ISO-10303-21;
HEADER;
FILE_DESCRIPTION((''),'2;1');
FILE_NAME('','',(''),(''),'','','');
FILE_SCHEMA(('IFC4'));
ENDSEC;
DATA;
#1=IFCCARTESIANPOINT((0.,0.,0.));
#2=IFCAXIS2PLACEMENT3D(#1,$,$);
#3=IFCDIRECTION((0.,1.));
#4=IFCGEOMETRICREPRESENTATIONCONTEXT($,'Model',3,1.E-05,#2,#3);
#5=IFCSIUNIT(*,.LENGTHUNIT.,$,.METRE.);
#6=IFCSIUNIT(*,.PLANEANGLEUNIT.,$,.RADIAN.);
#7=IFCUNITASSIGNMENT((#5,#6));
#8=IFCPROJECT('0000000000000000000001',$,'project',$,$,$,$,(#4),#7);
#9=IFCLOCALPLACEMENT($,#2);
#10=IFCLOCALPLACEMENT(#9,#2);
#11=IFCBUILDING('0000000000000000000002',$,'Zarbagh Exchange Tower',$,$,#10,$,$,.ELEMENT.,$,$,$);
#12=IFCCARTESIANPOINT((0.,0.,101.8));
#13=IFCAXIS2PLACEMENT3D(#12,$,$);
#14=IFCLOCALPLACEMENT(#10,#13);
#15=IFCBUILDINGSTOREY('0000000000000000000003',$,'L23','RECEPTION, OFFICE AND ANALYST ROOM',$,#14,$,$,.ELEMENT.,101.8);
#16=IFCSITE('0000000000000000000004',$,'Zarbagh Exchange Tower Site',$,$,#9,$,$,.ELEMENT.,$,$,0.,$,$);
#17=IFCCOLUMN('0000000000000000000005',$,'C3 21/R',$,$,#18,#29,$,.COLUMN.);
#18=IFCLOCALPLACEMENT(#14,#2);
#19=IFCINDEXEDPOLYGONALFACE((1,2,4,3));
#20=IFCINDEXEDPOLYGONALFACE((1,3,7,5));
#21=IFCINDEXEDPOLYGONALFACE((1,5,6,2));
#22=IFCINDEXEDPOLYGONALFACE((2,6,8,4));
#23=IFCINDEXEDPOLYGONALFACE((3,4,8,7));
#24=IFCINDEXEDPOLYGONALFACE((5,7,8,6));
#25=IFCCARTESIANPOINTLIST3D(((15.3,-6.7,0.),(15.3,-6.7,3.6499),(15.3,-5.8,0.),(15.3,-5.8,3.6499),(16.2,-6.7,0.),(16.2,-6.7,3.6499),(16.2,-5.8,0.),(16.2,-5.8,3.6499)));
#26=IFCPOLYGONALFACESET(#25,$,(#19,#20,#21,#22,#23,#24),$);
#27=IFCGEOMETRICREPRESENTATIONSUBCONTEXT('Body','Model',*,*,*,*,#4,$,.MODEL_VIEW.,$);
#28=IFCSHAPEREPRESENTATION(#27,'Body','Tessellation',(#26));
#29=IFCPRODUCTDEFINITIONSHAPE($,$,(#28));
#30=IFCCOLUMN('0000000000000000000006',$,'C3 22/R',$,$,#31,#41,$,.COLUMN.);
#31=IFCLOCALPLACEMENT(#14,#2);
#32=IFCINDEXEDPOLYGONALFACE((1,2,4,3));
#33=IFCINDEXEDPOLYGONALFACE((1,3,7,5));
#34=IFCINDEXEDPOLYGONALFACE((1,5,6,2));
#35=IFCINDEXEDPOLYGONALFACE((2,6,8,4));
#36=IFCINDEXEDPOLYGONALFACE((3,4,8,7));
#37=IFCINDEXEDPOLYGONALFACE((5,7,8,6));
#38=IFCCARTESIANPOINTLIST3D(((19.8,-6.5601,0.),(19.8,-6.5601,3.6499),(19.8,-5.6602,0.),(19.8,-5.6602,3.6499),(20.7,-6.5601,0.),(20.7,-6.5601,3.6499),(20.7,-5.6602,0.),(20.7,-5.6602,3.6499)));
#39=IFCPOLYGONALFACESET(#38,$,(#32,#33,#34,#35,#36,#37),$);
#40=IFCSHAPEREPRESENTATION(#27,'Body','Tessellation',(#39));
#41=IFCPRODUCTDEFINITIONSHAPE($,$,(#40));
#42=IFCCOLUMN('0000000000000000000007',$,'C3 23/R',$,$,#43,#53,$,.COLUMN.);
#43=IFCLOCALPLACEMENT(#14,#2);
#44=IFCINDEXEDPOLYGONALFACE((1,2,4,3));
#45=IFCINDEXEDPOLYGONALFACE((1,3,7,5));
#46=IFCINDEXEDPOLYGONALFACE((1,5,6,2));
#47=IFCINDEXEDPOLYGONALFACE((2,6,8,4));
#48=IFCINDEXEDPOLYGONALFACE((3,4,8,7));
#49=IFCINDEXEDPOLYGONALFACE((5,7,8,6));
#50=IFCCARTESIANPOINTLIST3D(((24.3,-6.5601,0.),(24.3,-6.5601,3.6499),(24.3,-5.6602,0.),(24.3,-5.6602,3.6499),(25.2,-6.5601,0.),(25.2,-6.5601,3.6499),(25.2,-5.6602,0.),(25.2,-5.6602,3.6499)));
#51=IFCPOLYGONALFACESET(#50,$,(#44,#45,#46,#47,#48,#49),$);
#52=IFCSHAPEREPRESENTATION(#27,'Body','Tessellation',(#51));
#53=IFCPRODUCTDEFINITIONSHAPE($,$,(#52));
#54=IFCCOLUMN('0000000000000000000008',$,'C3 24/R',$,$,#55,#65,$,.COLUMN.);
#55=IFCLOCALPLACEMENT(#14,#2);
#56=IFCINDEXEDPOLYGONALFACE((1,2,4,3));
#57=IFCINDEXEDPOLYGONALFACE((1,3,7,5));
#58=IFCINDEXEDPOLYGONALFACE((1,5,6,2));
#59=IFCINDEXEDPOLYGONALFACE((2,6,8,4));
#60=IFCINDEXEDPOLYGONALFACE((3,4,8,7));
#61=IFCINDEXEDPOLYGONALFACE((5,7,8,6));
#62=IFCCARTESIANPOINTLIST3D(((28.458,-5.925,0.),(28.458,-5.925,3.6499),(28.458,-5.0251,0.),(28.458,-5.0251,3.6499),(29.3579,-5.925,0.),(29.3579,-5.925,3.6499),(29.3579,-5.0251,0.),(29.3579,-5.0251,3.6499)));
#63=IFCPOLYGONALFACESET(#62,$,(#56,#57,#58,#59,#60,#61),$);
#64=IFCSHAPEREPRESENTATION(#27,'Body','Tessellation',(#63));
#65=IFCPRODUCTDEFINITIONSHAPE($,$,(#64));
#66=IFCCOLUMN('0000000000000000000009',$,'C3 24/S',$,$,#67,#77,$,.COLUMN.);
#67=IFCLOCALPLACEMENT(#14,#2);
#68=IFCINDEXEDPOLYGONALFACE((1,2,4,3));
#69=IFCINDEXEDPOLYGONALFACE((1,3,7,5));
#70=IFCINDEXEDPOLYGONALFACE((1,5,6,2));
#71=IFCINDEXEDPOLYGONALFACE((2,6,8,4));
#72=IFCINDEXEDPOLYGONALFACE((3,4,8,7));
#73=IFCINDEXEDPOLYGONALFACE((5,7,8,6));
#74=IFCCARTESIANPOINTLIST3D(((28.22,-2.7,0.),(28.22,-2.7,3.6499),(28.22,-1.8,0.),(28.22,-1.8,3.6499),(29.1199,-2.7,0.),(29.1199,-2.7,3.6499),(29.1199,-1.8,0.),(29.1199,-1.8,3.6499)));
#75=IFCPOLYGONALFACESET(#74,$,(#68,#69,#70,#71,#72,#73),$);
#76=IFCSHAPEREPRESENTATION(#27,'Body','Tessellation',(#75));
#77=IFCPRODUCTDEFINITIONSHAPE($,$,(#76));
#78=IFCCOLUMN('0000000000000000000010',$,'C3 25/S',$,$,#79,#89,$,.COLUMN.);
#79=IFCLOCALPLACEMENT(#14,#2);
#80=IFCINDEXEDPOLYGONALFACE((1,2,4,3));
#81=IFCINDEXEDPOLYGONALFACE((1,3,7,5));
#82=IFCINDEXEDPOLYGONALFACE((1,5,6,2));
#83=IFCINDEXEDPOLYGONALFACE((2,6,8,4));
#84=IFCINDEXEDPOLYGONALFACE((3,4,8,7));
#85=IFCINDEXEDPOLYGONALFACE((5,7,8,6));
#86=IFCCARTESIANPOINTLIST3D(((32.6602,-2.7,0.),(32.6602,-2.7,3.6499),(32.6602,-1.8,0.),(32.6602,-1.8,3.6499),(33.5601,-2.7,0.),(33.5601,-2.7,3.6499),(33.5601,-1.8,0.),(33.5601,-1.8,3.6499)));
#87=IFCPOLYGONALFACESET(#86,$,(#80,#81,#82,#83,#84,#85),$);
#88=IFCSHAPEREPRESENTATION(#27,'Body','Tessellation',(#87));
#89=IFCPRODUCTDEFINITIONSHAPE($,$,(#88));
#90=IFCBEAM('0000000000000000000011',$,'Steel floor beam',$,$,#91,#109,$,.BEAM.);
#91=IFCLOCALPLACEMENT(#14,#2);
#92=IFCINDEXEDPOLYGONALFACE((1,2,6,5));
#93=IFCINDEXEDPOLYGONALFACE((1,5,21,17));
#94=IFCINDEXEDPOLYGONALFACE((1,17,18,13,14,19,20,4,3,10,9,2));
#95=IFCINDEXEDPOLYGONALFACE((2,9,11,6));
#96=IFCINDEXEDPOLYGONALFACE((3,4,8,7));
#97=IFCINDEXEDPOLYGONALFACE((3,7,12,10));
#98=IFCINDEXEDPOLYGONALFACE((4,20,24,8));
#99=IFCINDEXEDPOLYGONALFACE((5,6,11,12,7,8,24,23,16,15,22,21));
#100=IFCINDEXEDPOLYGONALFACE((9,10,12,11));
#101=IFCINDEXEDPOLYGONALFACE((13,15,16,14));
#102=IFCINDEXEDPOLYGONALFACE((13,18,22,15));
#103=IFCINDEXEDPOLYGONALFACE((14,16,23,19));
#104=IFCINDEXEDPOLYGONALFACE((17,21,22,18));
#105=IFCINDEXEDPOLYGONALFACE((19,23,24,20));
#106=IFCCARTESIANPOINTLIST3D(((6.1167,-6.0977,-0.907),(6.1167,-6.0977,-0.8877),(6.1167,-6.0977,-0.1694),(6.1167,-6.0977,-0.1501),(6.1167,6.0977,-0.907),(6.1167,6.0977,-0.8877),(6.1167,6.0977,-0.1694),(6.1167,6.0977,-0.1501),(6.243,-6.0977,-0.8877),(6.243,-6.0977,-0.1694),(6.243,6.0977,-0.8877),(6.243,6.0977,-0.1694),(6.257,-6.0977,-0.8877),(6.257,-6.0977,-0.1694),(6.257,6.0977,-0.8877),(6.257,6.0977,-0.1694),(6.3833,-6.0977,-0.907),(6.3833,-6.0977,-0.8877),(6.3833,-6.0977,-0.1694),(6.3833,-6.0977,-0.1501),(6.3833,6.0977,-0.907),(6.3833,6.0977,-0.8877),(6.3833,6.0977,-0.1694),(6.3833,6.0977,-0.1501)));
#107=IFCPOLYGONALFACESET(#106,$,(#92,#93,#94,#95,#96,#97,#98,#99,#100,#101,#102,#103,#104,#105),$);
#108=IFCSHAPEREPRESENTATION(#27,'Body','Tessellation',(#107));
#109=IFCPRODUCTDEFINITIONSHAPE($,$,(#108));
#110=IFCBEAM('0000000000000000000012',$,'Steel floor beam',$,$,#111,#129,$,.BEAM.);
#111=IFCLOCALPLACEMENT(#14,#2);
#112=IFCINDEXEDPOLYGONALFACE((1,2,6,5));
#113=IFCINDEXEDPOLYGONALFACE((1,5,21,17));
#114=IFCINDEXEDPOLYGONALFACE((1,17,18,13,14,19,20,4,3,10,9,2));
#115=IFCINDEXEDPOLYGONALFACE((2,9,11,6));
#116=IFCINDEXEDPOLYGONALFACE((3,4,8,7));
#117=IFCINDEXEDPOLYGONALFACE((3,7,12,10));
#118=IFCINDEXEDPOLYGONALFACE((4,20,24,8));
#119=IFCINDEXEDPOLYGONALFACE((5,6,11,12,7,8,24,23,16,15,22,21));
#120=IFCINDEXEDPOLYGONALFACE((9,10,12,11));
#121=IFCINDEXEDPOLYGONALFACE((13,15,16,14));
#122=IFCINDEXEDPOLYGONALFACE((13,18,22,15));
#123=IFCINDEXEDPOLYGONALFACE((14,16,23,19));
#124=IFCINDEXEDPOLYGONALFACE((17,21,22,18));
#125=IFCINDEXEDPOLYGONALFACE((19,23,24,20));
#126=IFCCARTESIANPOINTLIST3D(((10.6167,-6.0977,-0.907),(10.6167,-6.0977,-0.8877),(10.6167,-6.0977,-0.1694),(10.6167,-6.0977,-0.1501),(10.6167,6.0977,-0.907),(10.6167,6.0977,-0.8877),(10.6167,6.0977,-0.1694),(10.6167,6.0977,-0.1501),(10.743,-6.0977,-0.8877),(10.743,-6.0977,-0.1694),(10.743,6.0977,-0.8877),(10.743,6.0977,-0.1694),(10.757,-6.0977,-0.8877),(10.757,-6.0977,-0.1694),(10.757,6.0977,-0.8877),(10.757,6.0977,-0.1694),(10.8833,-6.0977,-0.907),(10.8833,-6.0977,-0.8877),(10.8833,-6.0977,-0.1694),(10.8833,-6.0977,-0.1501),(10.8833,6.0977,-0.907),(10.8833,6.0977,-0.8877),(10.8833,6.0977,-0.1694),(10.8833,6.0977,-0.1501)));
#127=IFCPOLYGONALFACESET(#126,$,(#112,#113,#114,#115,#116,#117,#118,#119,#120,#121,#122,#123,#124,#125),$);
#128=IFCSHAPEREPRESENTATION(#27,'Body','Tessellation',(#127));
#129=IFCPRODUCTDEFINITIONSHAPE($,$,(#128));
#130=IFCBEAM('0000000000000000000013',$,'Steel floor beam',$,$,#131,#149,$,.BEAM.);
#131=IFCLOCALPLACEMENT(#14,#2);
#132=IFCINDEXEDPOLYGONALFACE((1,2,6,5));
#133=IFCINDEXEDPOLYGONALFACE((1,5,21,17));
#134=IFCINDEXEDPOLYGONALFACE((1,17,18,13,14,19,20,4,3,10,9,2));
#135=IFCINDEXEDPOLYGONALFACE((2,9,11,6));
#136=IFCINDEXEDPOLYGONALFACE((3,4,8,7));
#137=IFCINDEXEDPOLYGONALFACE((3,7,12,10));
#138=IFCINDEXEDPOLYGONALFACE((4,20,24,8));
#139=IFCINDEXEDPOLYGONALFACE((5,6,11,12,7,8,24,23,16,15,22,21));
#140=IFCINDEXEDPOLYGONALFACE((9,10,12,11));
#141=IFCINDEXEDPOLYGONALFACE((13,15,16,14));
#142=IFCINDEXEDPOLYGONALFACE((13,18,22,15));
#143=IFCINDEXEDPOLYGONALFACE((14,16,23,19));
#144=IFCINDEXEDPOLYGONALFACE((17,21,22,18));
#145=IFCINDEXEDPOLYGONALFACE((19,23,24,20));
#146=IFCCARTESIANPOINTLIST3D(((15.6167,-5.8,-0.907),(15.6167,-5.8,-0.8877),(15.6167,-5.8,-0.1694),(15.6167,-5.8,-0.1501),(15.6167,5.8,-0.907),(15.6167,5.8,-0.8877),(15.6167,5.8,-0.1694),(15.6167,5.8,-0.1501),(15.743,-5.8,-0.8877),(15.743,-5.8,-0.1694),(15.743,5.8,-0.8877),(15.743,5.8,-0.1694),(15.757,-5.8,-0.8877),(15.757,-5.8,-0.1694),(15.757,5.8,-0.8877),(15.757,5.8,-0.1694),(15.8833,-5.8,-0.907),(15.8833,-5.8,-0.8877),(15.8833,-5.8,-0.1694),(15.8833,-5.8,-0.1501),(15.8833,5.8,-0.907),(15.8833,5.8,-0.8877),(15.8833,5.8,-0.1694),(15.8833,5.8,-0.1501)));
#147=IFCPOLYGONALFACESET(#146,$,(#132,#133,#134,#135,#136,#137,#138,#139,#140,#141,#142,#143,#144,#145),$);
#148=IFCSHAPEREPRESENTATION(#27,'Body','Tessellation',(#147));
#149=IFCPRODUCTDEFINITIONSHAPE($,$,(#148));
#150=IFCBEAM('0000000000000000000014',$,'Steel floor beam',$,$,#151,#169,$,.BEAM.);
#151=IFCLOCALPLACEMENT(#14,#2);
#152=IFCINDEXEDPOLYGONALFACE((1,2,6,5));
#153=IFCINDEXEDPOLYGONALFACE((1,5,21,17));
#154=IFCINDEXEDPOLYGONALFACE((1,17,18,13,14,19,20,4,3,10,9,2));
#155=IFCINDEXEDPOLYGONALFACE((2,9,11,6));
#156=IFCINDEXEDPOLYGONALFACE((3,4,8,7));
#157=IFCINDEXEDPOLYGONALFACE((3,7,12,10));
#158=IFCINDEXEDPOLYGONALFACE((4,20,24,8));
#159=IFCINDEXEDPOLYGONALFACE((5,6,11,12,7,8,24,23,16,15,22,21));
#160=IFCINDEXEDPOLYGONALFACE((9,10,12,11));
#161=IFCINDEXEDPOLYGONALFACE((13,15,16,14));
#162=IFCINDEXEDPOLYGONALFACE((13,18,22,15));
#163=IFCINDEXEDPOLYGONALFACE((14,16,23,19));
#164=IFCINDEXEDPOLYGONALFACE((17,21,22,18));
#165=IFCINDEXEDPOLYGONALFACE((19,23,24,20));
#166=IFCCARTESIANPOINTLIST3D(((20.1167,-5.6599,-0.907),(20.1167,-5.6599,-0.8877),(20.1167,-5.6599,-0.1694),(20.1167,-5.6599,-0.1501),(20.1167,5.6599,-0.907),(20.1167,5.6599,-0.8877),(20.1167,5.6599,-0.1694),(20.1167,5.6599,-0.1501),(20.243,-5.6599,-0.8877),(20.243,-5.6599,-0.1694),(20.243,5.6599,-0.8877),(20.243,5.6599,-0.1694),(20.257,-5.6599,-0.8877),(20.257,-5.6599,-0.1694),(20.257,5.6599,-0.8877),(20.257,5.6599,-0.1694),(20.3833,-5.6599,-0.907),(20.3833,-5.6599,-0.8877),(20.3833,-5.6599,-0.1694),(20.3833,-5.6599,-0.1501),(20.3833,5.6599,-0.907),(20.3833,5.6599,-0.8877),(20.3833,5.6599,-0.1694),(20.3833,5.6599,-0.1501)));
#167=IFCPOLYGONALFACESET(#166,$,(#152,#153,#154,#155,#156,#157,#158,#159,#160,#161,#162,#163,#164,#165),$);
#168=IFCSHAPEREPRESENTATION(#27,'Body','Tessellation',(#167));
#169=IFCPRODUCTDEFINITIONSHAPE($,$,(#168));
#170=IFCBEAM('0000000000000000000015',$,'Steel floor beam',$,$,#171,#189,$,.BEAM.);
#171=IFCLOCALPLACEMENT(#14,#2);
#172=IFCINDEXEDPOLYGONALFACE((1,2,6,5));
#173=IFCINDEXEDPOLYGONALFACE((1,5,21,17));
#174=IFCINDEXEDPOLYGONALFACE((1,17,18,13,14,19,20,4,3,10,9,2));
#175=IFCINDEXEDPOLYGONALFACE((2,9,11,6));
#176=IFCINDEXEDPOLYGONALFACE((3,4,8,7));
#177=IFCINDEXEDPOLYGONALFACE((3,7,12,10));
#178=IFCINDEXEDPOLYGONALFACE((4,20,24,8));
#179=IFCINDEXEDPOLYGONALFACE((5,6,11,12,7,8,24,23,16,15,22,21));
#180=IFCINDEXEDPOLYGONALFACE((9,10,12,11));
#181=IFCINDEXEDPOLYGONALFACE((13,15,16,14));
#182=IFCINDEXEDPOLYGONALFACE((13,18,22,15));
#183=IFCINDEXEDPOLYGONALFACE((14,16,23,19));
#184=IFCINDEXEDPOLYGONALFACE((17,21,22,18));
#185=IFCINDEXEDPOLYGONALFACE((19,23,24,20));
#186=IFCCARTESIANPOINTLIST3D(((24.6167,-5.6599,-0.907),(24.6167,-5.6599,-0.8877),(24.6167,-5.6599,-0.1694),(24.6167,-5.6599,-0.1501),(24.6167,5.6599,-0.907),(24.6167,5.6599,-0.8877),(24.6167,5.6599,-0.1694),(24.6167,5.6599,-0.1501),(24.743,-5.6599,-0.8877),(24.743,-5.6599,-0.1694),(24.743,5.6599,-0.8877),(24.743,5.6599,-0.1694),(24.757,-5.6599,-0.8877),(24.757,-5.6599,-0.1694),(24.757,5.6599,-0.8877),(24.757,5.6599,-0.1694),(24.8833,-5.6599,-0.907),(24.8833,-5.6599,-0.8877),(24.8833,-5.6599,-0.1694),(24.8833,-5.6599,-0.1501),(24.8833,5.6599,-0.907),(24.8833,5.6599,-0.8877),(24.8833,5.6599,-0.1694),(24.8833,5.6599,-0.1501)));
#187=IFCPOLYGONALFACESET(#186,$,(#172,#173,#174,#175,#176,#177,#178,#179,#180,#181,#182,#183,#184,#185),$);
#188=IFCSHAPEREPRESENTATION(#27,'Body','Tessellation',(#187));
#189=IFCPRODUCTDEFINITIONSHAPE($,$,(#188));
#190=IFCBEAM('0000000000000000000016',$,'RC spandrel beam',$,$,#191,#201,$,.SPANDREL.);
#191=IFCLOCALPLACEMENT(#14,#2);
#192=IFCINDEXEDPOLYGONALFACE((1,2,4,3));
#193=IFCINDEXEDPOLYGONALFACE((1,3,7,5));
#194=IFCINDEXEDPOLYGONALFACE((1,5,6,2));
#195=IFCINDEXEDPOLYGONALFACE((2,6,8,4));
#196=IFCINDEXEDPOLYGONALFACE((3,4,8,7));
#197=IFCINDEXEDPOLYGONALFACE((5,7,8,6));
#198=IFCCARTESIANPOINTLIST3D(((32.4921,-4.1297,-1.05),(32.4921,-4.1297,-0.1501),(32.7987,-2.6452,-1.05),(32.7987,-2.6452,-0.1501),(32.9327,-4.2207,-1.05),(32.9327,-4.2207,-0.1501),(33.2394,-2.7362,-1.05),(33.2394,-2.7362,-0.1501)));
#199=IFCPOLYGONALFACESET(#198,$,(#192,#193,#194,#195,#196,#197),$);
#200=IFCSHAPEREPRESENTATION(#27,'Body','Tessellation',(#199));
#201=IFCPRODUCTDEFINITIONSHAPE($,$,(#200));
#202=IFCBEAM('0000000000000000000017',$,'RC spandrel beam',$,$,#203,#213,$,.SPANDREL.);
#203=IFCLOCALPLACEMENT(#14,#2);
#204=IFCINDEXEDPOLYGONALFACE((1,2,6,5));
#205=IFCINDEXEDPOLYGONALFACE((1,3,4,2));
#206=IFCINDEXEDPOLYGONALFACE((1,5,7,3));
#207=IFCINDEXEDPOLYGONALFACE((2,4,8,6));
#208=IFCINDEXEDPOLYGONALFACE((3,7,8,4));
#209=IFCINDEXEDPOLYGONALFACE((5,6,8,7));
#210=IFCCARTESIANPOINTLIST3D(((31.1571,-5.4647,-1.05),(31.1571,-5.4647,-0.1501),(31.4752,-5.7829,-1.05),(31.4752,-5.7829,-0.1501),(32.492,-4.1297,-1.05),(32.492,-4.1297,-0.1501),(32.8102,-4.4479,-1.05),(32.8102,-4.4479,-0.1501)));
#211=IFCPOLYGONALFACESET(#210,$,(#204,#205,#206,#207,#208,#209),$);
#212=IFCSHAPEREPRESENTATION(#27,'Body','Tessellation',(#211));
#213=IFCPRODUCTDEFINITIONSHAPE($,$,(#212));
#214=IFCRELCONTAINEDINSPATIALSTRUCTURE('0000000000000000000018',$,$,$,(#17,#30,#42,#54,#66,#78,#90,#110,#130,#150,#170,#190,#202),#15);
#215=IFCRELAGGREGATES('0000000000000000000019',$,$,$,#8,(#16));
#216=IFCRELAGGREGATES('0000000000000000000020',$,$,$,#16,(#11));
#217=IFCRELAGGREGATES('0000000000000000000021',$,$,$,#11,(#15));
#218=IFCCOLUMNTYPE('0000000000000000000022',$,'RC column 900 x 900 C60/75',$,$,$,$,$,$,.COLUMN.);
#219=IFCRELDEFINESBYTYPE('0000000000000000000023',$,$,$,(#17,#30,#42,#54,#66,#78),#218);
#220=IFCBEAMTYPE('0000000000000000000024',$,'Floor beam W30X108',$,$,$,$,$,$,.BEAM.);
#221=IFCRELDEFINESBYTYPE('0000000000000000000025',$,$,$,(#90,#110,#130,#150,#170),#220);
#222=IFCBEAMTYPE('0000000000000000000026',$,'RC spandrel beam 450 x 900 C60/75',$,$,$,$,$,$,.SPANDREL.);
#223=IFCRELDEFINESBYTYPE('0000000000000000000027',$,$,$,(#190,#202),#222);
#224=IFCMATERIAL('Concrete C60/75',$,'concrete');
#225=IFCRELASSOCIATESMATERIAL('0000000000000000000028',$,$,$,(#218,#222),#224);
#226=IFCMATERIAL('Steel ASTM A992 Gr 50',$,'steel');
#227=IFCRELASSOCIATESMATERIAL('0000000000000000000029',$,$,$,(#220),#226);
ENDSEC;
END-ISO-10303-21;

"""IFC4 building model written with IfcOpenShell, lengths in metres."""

from ifc_helpers import new_model, si_unit, direction, frame, origin, origin_2d, place, context, subcontext, project, spatial, rectangle, i_section, extrude, material, material_profile, profile_set, type_object, element, save


model = new_model("IFC4")

# Units and contexts
model_context = context("Model", 3, precision=1e-05, world=origin(), true_north=direction((0.0, 1.0)))
body_context = subcontext(model_context, "Body", "Model", "MODEL_VIEW")
ifc_project = project(units=[si_unit("LENGTHUNIT", "METRE"), si_unit("PLANEANGLEUNIT", "RADIAN")], contexts=[model_context])

# Site, building, storey
site_placement = place(None, origin())
site = spatial("IfcSite", under=ifc_project, at=site_placement, Name="Zarbagh Exchange Tower Site", CompositionType="ELEMENT", RefElevation=0.0)
building_placement = place(site_placement, origin())
building = spatial("IfcBuilding", under=site, at=building_placement, Name="Zarbagh Exchange Tower", CompositionType="ELEMENT")
storey_placement = place(building_placement, frame((0.0, 0.0, 101.8)))
storey = spatial("IfcBuildingStorey", under=building, at=storey_placement, Name="L23", Description="RECEPTION, OFFICE AND ANALYST ROOM", CompositionType="ELEMENT", Elevation=101.8)

# Columns
ifc_material_1 = material(Name="Concrete C60/75", Category="concrete")
ifc_material_profile_1 = material_profile(ifc_material_1, rectangle(XDim=0.8999, YDim=0.8999, at=origin_2d()), Name="RC column 900 x 900 C60/75")
ifc_profile_set_1 = profile_set([ifc_material_profile_1], Name="Concrete C60/75")
column_type = type_object("IfcColumnType", Name="RC column 900 x 900 C60/75", PredefinedType="COLUMN", material=ifc_profile_set_1)
for number, where, z_axis, x_axis, name in (
    (1, (15.75, -6.25, 0.0), (0.0, 0.0, 1.0), (1.0, 0.0, 0.0), "C3 21/R"),
    (2, (20.25, -6.1101, 0.0), (0.0, 0.0, 1.0), (1.0, 0.0, 0.0), "C3 22/R"),
    (3, (24.75, -6.1101, 0.0), (0.0, 0.0, 1.0), (1.0, 0.0, 0.0), "C3 23/R"),
    (4, (28.908, -5.4751, 0.0), (0.0, 0.0, 1.0), (1.0, 0.0, 0.0), "C3 24/R"),
    (5, (28.6699, -2.25, 0.0), (0.0, 0.0, 1.0), (1.0, 0.0, 0.0), "C3 24/S"),
    (6, (33.1101, -2.25, 0.0), (0.0, 0.0, 1.0), (1.0, 0.0, 0.0), "C3 25/S"),
):
    element("IfcColumn", number, at=place(storey_placement, frame(where, z_axis=z_axis, x_axis=x_axis)), inside=storey, type_object=column_type, Name=name, PredefinedType="COLUMN", context=body_context, shape_type="SweptSolid", body=[
        extrude(rectangle(XDim=0.8999, YDim=0.8999, at=origin_2d()), origin(), (0.0, 0.0, 1.0), 3.6499),
    ])

# Beams
ifc_material_2 = material(Name="Steel ASTM A992 Gr 50", Category="steel")
ifc_material_profile_2 = material_profile(ifc_material_2, i_section(OverallWidth=0.2666, OverallDepth=0.7568, WebThickness=0.0139, FlangeThickness=0.0193, at=origin_2d()), Name="W30X108")
ifc_profile_set_2 = profile_set([ifc_material_profile_2], Name="Steel ASTM A992 Gr 50")
beam_type_1 = type_object("IfcBeamType", Name="Floor beam W30X108", PredefinedType="BEAM", material=ifc_profile_set_2)
for number, where, z_axis, x_axis, name in (
    (7, (6.25, -6.0977, -0.5286), (0.0, 1.0, 0.0), (-1.0, 0.0, 0.0), "Steel floor beam"),
    (8, (10.75, -6.0977, -0.5286), (0.0, 1.0, 0.0), (-1.0, 0.0, 0.0), "Steel floor beam"),
):
    element("IfcBeam", number, at=place(storey_placement, frame(where, z_axis=z_axis, x_axis=x_axis)), inside=storey, type_object=beam_type_1, Name=name, PredefinedType="BEAM", context=body_context, shape_type="SweptSolid", body=[
        extrude(i_section(OverallWidth=0.2666, OverallDepth=0.7568, WebThickness=0.0139, FlangeThickness=0.0193, at=origin_2d()), origin(), (0.0, 0.0, 1.0), 12.1953),
    ])
beam_1_placement = place(storey_placement, frame((15.75, -5.8, -0.5286), z_axis=(0.0, 1.0, 0.0), x_axis=(-1.0, 0.0, 0.0)))
element("IfcBeam", 9, at=beam_1_placement, inside=storey, type_object=beam_type_1, Name="Steel floor beam", PredefinedType="BEAM", context=body_context, shape_type="SweptSolid", body=[
    extrude(i_section(OverallWidth=0.2666, OverallDepth=0.7568, WebThickness=0.0139, FlangeThickness=0.0193, at=origin_2d()), origin(), (0.0, 0.0, 1.0), 11.6001),
])
for number, where, z_axis, x_axis, name in (
    (10, (20.25, -5.6599, -0.5286), (0.0, 1.0, 0.0), (-1.0, 0.0, 0.0), "Steel floor beam"),
    (11, (24.75, -5.6599, -0.5286), (0.0, 1.0, 0.0), (-1.0, 0.0, 0.0), "Steel floor beam"),
):
    element("IfcBeam", number, at=place(storey_placement, frame(where, z_axis=z_axis, x_axis=x_axis)), inside=storey, type_object=beam_type_1, Name=name, PredefinedType="BEAM", context=body_context, shape_type="SweptSolid", body=[
        extrude(i_section(OverallWidth=0.2666, OverallDepth=0.7568, WebThickness=0.0139, FlangeThickness=0.0193, at=origin_2d()), origin(), (0.0, 0.0, 1.0), 11.3198),
    ])
ifc_material_profile_3 = material_profile(ifc_material_1, rectangle(XDim=0.45, YDim=0.8999, at=origin_2d()), Name="RC spandrel beam 450 x 900 C60/75")
ifc_profile_set_3 = profile_set([ifc_material_profile_3], Name="Concrete C60/75")
beam_type_2 = type_object("IfcBeamType", Name="RC spandrel beam 450 x 900 C60/75", PredefinedType="SPANDREL", material=ifc_profile_set_3)
beam_2_placement = place(storey_placement, frame((33.019, -2.6907, -0.6001), z_axis=(-0.202275, -0.979329, 0.0), x_axis=(0.979329, -0.202275, 0.0)))
element("IfcBeam", 12, at=beam_2_placement, inside=storey, type_object=beam_type_2, Name="RC spandrel beam", PredefinedType="SPANDREL", context=body_context, shape_type="SweptSolid", body=[
    extrude(rectangle(XDim=0.45, YDim=0.8999, at=origin_2d()), origin(), (0.0, 0.0, 1.0), 1.5159),
])
beam_3_placement = place(storey_placement, frame((32.6511, -4.2888, -0.6001), z_axis=(-0.707107, -0.707107, 0.0), x_axis=(0.707107, -0.707107, 0.0)))
element("IfcBeam", 13, at=beam_3_placement, inside=storey, type_object=beam_type_2, Name="RC spandrel beam", PredefinedType="SPANDREL", context=body_context, shape_type="SweptSolid", body=[
    extrude(rectangle(XDim=0.45, YDim=0.8999, at=origin_2d()), origin(), (0.0, 0.0, 1.0), 1.8879),
])

save(model, "model.ifc")
